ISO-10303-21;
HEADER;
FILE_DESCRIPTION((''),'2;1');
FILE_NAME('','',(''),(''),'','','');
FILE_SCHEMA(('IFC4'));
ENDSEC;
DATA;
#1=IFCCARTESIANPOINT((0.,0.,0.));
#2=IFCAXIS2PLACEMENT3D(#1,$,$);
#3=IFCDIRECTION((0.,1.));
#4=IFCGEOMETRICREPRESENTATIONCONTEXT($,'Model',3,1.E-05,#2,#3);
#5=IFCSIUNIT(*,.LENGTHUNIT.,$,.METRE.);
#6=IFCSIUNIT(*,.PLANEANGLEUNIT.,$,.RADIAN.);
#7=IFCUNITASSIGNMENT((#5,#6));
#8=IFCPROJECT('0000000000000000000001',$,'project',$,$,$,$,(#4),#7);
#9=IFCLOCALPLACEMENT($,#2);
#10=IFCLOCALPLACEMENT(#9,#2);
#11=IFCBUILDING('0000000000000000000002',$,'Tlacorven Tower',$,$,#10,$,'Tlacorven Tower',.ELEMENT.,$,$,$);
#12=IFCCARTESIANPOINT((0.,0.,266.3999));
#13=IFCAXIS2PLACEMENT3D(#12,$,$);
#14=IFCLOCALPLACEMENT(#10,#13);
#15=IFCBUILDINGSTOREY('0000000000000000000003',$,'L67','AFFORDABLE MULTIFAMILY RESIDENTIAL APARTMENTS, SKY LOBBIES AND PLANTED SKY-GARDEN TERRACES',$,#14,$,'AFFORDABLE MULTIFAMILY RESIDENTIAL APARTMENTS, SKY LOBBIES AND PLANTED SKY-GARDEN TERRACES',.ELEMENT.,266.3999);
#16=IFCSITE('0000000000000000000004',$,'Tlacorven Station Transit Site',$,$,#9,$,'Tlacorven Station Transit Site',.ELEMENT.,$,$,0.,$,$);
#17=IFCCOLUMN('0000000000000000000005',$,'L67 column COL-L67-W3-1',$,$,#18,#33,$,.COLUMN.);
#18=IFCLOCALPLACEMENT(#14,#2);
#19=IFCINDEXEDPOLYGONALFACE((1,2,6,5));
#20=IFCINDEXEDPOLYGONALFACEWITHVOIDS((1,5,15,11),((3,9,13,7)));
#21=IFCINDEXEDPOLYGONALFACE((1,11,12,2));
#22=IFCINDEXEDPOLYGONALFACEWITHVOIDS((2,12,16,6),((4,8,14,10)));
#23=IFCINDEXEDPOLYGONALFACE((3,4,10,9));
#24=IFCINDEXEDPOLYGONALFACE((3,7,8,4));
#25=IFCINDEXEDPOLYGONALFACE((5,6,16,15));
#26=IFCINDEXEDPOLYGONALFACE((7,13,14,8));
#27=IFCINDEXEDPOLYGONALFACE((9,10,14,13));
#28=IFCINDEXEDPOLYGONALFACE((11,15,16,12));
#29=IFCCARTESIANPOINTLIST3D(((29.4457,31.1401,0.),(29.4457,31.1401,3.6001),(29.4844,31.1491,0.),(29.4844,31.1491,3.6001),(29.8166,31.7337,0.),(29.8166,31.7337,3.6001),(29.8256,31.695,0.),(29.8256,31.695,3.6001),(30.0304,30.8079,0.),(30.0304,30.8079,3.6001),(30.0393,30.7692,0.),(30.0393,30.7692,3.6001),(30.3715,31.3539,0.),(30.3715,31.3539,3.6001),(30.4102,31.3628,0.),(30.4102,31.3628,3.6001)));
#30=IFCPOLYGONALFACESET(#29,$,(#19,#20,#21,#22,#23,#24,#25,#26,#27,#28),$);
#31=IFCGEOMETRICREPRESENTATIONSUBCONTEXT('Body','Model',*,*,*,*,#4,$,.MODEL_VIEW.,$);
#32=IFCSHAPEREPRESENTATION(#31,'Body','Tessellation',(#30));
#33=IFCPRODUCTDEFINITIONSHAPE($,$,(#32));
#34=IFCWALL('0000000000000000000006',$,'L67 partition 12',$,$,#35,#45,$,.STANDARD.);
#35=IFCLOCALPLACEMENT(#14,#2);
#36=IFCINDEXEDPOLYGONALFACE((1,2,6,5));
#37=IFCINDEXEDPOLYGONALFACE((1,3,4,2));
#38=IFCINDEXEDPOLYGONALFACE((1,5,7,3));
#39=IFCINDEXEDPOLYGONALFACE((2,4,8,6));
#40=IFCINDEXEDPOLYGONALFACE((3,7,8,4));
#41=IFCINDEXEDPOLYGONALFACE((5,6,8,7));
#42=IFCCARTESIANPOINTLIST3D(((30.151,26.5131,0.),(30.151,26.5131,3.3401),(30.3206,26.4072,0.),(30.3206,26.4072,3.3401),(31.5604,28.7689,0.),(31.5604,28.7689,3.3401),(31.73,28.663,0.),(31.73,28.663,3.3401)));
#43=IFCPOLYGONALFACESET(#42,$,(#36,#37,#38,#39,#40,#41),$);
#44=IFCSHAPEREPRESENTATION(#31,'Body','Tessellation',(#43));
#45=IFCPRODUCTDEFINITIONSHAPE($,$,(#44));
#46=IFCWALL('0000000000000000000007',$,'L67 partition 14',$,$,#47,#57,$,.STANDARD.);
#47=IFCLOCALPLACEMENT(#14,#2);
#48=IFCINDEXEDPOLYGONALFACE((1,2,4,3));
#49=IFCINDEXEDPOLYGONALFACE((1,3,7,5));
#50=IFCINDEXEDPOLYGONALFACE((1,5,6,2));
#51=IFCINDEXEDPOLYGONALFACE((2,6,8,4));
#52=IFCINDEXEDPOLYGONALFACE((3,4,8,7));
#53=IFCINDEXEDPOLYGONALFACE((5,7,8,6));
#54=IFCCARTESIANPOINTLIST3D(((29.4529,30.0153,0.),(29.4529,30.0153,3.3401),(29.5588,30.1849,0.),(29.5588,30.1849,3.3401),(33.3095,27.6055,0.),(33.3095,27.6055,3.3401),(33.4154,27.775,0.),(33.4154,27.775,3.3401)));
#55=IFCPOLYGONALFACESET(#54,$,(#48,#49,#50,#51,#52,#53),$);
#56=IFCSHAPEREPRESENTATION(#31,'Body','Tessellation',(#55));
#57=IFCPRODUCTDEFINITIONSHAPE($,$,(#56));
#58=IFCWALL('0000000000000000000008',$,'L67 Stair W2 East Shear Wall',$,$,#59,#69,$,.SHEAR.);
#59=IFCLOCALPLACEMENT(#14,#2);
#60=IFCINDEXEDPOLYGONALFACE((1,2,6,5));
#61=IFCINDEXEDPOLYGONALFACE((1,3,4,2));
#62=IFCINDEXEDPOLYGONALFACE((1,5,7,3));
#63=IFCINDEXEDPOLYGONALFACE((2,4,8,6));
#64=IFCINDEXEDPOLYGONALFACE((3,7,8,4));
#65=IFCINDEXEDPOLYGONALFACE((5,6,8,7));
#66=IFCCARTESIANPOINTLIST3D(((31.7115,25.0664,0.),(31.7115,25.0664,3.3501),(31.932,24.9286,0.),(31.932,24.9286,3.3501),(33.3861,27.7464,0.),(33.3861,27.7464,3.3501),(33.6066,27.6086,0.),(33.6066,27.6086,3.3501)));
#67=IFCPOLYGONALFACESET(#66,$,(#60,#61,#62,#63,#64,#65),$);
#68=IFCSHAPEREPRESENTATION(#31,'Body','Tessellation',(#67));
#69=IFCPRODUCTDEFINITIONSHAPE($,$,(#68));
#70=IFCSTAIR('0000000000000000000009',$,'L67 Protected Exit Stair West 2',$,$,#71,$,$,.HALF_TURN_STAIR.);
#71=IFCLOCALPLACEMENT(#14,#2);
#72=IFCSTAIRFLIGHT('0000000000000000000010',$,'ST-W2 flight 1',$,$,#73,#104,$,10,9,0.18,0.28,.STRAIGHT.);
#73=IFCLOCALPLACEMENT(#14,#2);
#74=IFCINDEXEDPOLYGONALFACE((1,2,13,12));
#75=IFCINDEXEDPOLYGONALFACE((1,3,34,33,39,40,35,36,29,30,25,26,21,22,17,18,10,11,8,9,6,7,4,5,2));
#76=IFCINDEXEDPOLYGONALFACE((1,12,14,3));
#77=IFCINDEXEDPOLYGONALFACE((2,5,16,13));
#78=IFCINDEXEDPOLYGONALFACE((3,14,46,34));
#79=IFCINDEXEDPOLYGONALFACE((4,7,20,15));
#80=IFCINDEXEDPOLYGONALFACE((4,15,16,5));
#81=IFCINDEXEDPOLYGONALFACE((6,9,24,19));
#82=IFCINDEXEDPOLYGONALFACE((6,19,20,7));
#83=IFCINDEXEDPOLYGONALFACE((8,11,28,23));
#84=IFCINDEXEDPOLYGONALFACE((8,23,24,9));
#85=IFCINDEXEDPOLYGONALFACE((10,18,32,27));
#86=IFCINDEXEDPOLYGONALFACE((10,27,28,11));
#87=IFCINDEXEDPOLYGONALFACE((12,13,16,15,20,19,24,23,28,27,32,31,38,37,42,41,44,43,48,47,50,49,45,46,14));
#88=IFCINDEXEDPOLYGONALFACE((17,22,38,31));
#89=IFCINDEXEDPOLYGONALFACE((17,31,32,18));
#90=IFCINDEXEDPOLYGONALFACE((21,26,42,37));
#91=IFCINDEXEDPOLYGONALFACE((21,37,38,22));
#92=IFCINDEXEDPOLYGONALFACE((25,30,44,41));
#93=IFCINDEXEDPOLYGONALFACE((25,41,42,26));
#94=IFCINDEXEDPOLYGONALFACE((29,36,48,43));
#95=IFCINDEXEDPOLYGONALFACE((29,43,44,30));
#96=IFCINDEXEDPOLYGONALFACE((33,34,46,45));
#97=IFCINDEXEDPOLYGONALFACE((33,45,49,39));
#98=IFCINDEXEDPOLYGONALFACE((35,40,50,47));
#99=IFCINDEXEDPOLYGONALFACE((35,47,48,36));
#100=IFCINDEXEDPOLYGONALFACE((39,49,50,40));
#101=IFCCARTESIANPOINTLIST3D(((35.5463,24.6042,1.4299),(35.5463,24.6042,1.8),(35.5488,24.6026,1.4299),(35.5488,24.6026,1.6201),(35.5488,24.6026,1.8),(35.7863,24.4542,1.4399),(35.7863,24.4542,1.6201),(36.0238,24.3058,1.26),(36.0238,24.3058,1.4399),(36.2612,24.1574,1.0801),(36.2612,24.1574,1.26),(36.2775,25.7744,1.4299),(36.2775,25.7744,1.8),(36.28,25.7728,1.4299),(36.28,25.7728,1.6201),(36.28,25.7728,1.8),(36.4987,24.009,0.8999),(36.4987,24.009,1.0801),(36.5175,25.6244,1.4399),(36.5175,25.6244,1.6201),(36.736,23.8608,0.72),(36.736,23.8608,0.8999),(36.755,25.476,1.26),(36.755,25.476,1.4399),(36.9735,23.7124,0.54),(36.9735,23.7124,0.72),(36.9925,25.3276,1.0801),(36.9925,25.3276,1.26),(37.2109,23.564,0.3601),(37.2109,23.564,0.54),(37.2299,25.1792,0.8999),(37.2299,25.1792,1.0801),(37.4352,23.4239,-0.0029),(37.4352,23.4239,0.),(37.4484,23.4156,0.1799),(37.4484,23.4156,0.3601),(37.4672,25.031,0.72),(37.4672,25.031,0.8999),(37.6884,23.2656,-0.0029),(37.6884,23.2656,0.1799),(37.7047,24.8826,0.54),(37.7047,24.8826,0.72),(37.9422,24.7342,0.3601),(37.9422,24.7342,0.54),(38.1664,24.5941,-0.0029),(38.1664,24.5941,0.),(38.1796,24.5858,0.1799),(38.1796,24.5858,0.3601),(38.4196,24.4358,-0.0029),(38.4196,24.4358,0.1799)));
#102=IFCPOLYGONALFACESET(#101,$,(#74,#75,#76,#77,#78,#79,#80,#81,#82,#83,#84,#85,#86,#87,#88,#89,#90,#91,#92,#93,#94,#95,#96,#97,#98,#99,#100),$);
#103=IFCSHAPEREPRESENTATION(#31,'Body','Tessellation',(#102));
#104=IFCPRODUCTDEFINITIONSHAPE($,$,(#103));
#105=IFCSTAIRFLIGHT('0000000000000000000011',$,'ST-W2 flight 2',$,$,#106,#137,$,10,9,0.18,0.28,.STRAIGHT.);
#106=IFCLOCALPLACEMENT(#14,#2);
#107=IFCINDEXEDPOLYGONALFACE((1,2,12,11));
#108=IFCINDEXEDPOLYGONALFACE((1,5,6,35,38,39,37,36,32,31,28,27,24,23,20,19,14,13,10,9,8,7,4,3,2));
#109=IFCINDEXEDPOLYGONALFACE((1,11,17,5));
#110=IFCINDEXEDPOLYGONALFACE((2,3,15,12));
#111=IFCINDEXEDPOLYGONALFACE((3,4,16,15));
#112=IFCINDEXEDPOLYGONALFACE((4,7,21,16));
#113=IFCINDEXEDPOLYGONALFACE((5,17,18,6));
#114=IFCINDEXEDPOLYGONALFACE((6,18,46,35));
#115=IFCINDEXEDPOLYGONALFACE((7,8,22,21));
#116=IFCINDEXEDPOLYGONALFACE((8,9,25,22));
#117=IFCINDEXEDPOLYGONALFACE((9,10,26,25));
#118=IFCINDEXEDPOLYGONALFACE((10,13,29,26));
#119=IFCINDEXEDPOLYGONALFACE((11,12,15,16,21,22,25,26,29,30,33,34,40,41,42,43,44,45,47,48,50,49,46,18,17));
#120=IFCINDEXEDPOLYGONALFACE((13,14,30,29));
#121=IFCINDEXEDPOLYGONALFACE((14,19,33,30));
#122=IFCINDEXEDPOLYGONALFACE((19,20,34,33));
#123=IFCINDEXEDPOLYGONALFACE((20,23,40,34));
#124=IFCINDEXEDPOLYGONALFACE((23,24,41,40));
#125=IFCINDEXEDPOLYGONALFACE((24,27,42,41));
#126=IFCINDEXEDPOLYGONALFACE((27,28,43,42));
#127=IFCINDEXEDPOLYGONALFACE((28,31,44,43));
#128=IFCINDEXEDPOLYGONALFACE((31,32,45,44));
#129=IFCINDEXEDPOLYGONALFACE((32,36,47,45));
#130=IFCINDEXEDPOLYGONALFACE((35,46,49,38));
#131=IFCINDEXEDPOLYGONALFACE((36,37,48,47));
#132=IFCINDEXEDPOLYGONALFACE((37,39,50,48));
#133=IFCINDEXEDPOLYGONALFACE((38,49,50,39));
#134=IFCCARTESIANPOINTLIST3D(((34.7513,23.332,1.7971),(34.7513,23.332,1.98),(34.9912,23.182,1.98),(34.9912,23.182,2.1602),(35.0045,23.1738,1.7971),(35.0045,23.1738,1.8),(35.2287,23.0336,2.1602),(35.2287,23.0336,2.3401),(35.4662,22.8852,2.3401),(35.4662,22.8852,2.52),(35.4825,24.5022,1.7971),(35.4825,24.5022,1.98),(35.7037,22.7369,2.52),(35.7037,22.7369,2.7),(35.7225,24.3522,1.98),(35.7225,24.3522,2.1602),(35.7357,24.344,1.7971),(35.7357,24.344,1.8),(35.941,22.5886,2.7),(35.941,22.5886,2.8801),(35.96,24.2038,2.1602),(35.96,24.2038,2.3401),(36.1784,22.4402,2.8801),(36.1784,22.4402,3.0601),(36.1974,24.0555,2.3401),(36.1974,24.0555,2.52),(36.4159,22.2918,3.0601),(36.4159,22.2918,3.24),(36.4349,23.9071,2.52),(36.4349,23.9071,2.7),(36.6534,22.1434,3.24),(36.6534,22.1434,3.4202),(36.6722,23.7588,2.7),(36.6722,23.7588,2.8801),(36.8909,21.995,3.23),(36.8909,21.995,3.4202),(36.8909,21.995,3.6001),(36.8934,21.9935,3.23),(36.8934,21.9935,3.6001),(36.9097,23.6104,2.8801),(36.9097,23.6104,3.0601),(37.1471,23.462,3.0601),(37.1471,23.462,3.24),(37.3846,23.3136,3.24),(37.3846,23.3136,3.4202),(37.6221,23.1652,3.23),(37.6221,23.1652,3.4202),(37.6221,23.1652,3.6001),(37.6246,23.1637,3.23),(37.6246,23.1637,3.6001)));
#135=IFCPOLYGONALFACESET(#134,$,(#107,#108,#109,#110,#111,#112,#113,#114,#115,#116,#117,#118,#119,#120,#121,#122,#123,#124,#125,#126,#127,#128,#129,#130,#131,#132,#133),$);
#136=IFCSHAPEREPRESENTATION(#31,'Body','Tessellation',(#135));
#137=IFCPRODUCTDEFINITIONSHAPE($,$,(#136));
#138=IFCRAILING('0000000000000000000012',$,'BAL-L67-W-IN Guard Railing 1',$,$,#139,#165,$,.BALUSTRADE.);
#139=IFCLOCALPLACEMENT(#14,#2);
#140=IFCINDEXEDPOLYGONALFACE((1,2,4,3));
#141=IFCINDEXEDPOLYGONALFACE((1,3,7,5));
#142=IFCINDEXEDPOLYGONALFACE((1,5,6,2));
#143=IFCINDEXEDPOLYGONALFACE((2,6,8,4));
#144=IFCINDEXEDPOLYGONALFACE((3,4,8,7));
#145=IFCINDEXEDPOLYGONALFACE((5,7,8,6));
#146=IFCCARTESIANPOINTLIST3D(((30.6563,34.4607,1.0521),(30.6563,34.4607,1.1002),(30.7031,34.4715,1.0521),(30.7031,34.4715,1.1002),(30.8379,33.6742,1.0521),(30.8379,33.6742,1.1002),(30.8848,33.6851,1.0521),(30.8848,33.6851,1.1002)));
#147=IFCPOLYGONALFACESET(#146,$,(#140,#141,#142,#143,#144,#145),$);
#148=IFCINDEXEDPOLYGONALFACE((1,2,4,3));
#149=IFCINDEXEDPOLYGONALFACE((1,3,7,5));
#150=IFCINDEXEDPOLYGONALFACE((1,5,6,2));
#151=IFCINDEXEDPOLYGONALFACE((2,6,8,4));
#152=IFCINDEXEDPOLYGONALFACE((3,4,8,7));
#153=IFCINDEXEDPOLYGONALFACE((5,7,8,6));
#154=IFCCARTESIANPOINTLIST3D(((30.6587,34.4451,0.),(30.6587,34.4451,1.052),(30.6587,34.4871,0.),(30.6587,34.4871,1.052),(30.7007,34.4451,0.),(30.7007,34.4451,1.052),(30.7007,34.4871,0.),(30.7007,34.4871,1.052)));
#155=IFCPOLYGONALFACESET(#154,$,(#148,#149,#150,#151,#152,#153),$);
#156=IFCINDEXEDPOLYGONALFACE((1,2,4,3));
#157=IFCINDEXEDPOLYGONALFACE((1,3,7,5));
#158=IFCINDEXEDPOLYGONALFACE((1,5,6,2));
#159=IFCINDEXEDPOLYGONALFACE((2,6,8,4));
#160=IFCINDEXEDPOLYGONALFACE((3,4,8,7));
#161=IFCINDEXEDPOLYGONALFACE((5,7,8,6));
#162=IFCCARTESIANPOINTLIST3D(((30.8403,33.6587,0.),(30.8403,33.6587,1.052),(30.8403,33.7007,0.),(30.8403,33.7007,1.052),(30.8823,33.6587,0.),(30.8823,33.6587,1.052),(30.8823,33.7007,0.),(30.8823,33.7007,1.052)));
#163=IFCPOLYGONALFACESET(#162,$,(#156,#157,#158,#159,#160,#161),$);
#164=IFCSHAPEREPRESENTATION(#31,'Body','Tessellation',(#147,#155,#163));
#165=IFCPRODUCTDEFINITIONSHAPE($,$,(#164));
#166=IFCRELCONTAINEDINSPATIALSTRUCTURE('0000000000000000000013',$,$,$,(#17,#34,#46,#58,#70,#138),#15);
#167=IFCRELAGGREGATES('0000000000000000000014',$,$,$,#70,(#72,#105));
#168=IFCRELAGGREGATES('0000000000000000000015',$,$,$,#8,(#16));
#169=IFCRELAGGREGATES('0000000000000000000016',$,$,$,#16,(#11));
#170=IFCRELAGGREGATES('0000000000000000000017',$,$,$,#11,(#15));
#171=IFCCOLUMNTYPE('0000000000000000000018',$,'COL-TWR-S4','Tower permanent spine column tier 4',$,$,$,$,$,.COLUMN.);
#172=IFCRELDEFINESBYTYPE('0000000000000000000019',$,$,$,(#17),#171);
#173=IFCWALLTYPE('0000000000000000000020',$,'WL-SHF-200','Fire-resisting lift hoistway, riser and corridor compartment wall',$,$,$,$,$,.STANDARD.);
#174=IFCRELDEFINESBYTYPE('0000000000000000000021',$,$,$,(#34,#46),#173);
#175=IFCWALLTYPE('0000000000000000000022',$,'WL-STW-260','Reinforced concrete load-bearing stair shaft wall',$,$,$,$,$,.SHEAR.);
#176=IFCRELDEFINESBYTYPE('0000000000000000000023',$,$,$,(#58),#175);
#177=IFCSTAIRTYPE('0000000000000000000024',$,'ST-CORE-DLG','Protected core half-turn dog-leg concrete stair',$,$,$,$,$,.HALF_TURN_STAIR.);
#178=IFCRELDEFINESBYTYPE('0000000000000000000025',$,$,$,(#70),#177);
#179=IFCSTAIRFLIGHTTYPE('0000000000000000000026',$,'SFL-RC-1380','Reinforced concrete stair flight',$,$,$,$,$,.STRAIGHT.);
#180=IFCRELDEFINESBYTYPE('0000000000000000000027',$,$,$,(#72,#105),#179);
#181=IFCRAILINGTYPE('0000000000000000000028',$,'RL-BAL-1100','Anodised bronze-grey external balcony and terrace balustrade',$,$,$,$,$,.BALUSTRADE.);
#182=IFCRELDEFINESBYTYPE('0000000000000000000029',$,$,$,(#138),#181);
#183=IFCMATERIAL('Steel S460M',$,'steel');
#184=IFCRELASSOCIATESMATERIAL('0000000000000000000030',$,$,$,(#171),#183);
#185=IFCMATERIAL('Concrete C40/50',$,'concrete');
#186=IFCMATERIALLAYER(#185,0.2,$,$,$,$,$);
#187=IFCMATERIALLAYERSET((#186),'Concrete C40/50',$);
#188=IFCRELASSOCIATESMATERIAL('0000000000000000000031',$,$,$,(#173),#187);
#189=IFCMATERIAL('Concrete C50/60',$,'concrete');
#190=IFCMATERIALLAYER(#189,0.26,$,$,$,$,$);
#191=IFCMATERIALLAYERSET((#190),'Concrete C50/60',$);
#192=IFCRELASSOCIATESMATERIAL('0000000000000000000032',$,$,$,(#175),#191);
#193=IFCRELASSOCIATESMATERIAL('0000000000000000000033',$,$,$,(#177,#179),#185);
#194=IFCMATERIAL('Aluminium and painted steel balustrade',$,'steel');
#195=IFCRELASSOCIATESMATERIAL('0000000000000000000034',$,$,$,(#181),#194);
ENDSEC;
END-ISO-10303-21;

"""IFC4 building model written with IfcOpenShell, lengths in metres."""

from ifc_helpers import new_model, si_unit, direction, frame, frame_2d, origin, origin_2d, place, context, subcontext, project, spatial, polyline, rectangle, hollow_rectangle, outline, extrude, source, transform, mapped, material, layer, layer_set, material_profile, profile_set, type_object, element, aggregate, save


model = new_model("IFC4")

# Units and contexts
model_context = context("Model", 3, precision=1e-05, world=origin(), true_north=direction((0.0, 1.0)))
body_context = subcontext(model_context, "Body", "Model", "MODEL_VIEW")
ifc_project = project(units=[si_unit("LENGTHUNIT", "METRE"), si_unit("PLANEANGLEUNIT", "RADIAN")], contexts=[model_context])

# Site, building, storey
site_placement = place(None, origin())
site = spatial("IfcSite", under=ifc_project, at=site_placement, Name="Tlacorven Station Transit Site", LongName="Tlacorven Station Transit Site", CompositionType="ELEMENT", RefElevation=0.0)
building_placement = place(site_placement, origin())
building = spatial("IfcBuilding", under=site, at=building_placement, Name="Tlacorven Tower", LongName="Tlacorven Tower", CompositionType="ELEMENT")
storey_placement = place(building_placement, frame((0.0, 0.0, 266.3999)))
storey = spatial("IfcBuildingStorey", under=building, at=storey_placement, Name="L67", Description="AFFORDABLE MULTIFAMILY RESIDENTIAL APARTMENTS, SKY LOBBIES AND PLANTED SKY-GARDEN TERRACES", LongName="AFFORDABLE MULTIFAMILY RESIDENTIAL APARTMENTS, SKY LOBBIES AND PLANTED SKY-GARDEN TERRACES", CompositionType="ELEMENT", Elevation=266.3999)

# Column
ifc_material_1 = material(Name="Steel S460M", Category="steel")
ifc_material_profile = material_profile(ifc_material_1, hollow_rectangle(XDim=0.7, YDim=0.7, WallThickness=0.0281, at=origin_2d()), Name="BOX 700X700X28")
ifc_profile_set = profile_set([ifc_material_profile], Name="Steel S460M")
column_type = type_object("IfcColumnType", Name="COL-TWR-S4", Description="Tower permanent spine column tier 4", PredefinedType="COLUMN", material=ifc_profile_set)
shared_shape_1 = source(origin(), body_context, "Body", "SweptSolid", [
    extrude(hollow_rectangle(XDim=0.7, YDim=0.7, WallThickness=0.0281, at=origin_2d()), origin(), (0.0, 0.0, 1.0), 3.6001),
])
column_placement = place(storey_placement, frame((29.928, 31.2515, 0.0), z_axis=(0.0, 0.0, 1.0), x_axis=(-0.848048, 0.529919, 0.0)))
element("IfcColumn", 1, at=column_placement, inside=storey, type_object=column_type, Name="L67 column COL-L67-W3-1", PredefinedType="COLUMN", context=body_context, shape_type="MappedRepresentation", body=[
    mapped(shared_shape_1, transform((0.0, 0.0, 0.0), scale=1.0)),
])

# Shared definitions
ifc_material_2 = material(Name="Concrete C40/50", Category="concrete")
ifc_layer_1 = layer(ifc_material_2, 0.2)
ifc_layer_set_1 = layer_set([ifc_layer_1], Name="Concrete C40/50")
wall_type_1 = type_object("IfcWallType", Name="WL-SHF-200", Description="Fire-resisting lift hoistway, riser and corridor compartment wall", PredefinedType="STANDARD", material=ifc_layer_set_1)

# Walls
wall_1_placement = place(storey_placement, frame((31.6453, 28.7161, 0.0), z_axis=(0.0, 0.0, 1.0), x_axis=(-0.529867, -0.848081, 0.0)))
element("IfcWall", 2, at=wall_1_placement, inside=storey, type_object=wall_type_1, Name="L67 partition 12", PredefinedType="STANDARD", context=body_context, shape_type="SweptSolid", body=[
    extrude(rectangle(XDim=2.6599, YDim=0.2, at=frame_2d((1.3301, 0.0))), origin(), (0.0, 0.0, 1.0), 3.3401),
])
wall_2_placement = place(storey_placement, frame((33.3625, 27.6902, 0.0), z_axis=(0.0, 0.0, 1.0), x_axis=(-0.84805, 0.529917, 0.0)))
element("IfcWall", 3, at=wall_2_placement, inside=storey, type_object=wall_type_1, Name="L67 partition 14", PredefinedType="STANDARD", context=body_context, shape_type="SweptSolid", body=[
    extrude(rectangle(XDim=4.5476, YDim=0.2, at=frame_2d((2.2739, 0.0))), origin(), (0.0, 0.0, 1.0), 3.3401),
])
ifc_material_3 = material(Name="Concrete C50/60", Category="concrete")
ifc_layer_2 = layer(ifc_material_3, 0.26)
ifc_layer_set_2 = layer_set([ifc_layer_2], Name="Concrete C50/60")
wall_type_2 = type_object("IfcWallType", Name="WL-STW-260", Description="Reinforced concrete load-bearing stair shaft wall", PredefinedType="SHEAR", material=ifc_layer_set_2)
wall_3_placement = place(storey_placement, frame((33.4963, 27.6775, 0.0), z_axis=(0.0, 0.0, 1.0), x_axis=(-0.529909, -0.848055, 0.0)))
element("IfcWall", 4, at=wall_3_placement, inside=storey, type_object=wall_type_2, Name="L67 Stair W2 East Shear Wall", PredefinedType="SHEAR", context=body_context, shape_type="SweptSolid", body=[
    extrude(rectangle(XDim=3.1602, YDim=0.26, at=frame_2d((1.5801, 0.0))), origin(), (0.0, 0.0, 1.0), 3.3501),
])

# Stair, stair flights
stair_type = type_object("IfcStairType", Name="ST-CORE-DLG", Description="Protected core half-turn dog-leg concrete stair", PredefinedType="HALF_TURN_STAIR", material=ifc_material_2)
stair_placement = place(storey_placement, origin())
stair = element("IfcStair", 5, at=stair_placement, inside=storey, type_object=stair_type, Name="L67 Protected Exit Stair West 2", PredefinedType="HALF_TURN_STAIR")
stair_flight_type = type_object("IfcStairFlightType", Name="SFL-RC-1380", Description="Reinforced concrete stair flight", PredefinedType="STRAIGHT", material=ifc_material_2)
shared_shape_2 = source(origin(), body_context, "Body", "SweptSolid", [
    extrude(outline(polyline([(-0.0029, -0.0029), (-0.0029, 0.1799), (0.28, 0.1799), (0.28, 0.3601), (0.5601, 0.3601), (0.5601, 0.54), (0.8401, 0.54), (0.8401, 0.72), (1.1201, 0.72), (1.1201, 0.8999), (1.3999, 0.8999), (1.3999, 1.0801), (1.6799, 1.0801), (1.6799, 1.26), (1.96, 1.26), (1.96, 1.4399), (2.24, 1.4399), (2.24, 1.6201), (2.52, 1.6201), (2.52, 1.8), (2.5229, 1.8), (2.5229, 1.4299), (2.52, 1.4299), (0.2957, 0.0), (0.2957, -0.0029), (-0.0029, -0.0029)])), frame((0.0, 0.6899, 0.0), z_axis=(0.0, -1.0, 0.0), x_axis=(1.0, 0.0, 0.0)), (0.0, 0.0, 1.0), 1.3799),
])
stair_flight_1_placement = place(storey_placement, frame((38.0515, 23.8523, 0.0), z_axis=(0.0, 0.0, 1.0), x_axis=(-0.848048, 0.529919, 0.0)))
stair_flight_1 = element("IfcStairFlight", 6, at=stair_flight_1_placement, type_object=stair_flight_type, Name="ST-W2 flight 1", NumberOfRisers=10, NumberOfTreads=9, PredefinedType="STRAIGHT", RiserHeight=0.18, TreadLength=0.28, context=body_context, shape_type="MappedRepresentation", body=[
    mapped(shared_shape_2, transform((0.0, 0.0, 0.0), scale=1.0)),
])
stair_flight_2_placement = place(storey_placement, frame((35.1194, 23.9155, 1.8), z_axis=(0.0, 0.0, 1.0), x_axis=(0.848048, -0.529919, 0.0)))
stair_flight_2 = element("IfcStairFlight", 7, at=stair_flight_2_placement, type_object=stair_flight_type, Name="ST-W2 flight 2", NumberOfRisers=10, NumberOfTreads=9, PredefinedType="STRAIGHT", RiserHeight=0.18, TreadLength=0.28, context=body_context, shape_type="MappedRepresentation", body=[
    mapped(shared_shape_2, transform((0.0, 0.0, 0.0), scale=1.0)),
])
aggregate(stair, [stair_flight_1, stair_flight_2])

# Railing
ifc_material_4 = material(Name="Aluminium and painted steel balustrade", Category="steel")
railing_type_1 = type_object("IfcRailingType", Name="RL-BAL-1100", Description="Anodised bronze-grey external balcony and terrace balustrade", PredefinedType="BALUSTRADE", material=ifc_material_4)
shared_shape_3 = source(origin(), body_context, "Body", "SweptSolid", [
    extrude(rectangle(XDim=0.0481, YDim=0.0481, at=origin_2d()), frame((0.0, 0.0, 1.0762), z_axis=(0.225058, -0.974345, 0.0), x_axis=(0.974345, 0.225058, 0.0)), (0.0, 0.0, 1.0), 0.8071),
    extrude(rectangle(XDim=0.042, YDim=0.042, at=origin_2d()), origin(), (0.0, 0.0, 1.0), 1.052),
    extrude(rectangle(XDim=0.042, YDim=0.042, at=origin_2d()), frame((0.1816, -0.7864, 0.0)), (0.0, 0.0, 1.0), 1.052),
])
railing_1_placement = place(storey_placement, frame((30.6797, 34.4661, 0.0)))
element("IfcRailing", 8, at=railing_1_placement, inside=storey, type_object=railing_type_1, Name="BAL-L67-W-IN Guard Railing 1", PredefinedType="BALUSTRADE", context=body_context, shape_type="MappedRepresentation", body=[
    mapped(shared_shape_3, transform((0.0, 0.0, 0.0), scale=1.0)),
])

save(model, "model.ifc")
